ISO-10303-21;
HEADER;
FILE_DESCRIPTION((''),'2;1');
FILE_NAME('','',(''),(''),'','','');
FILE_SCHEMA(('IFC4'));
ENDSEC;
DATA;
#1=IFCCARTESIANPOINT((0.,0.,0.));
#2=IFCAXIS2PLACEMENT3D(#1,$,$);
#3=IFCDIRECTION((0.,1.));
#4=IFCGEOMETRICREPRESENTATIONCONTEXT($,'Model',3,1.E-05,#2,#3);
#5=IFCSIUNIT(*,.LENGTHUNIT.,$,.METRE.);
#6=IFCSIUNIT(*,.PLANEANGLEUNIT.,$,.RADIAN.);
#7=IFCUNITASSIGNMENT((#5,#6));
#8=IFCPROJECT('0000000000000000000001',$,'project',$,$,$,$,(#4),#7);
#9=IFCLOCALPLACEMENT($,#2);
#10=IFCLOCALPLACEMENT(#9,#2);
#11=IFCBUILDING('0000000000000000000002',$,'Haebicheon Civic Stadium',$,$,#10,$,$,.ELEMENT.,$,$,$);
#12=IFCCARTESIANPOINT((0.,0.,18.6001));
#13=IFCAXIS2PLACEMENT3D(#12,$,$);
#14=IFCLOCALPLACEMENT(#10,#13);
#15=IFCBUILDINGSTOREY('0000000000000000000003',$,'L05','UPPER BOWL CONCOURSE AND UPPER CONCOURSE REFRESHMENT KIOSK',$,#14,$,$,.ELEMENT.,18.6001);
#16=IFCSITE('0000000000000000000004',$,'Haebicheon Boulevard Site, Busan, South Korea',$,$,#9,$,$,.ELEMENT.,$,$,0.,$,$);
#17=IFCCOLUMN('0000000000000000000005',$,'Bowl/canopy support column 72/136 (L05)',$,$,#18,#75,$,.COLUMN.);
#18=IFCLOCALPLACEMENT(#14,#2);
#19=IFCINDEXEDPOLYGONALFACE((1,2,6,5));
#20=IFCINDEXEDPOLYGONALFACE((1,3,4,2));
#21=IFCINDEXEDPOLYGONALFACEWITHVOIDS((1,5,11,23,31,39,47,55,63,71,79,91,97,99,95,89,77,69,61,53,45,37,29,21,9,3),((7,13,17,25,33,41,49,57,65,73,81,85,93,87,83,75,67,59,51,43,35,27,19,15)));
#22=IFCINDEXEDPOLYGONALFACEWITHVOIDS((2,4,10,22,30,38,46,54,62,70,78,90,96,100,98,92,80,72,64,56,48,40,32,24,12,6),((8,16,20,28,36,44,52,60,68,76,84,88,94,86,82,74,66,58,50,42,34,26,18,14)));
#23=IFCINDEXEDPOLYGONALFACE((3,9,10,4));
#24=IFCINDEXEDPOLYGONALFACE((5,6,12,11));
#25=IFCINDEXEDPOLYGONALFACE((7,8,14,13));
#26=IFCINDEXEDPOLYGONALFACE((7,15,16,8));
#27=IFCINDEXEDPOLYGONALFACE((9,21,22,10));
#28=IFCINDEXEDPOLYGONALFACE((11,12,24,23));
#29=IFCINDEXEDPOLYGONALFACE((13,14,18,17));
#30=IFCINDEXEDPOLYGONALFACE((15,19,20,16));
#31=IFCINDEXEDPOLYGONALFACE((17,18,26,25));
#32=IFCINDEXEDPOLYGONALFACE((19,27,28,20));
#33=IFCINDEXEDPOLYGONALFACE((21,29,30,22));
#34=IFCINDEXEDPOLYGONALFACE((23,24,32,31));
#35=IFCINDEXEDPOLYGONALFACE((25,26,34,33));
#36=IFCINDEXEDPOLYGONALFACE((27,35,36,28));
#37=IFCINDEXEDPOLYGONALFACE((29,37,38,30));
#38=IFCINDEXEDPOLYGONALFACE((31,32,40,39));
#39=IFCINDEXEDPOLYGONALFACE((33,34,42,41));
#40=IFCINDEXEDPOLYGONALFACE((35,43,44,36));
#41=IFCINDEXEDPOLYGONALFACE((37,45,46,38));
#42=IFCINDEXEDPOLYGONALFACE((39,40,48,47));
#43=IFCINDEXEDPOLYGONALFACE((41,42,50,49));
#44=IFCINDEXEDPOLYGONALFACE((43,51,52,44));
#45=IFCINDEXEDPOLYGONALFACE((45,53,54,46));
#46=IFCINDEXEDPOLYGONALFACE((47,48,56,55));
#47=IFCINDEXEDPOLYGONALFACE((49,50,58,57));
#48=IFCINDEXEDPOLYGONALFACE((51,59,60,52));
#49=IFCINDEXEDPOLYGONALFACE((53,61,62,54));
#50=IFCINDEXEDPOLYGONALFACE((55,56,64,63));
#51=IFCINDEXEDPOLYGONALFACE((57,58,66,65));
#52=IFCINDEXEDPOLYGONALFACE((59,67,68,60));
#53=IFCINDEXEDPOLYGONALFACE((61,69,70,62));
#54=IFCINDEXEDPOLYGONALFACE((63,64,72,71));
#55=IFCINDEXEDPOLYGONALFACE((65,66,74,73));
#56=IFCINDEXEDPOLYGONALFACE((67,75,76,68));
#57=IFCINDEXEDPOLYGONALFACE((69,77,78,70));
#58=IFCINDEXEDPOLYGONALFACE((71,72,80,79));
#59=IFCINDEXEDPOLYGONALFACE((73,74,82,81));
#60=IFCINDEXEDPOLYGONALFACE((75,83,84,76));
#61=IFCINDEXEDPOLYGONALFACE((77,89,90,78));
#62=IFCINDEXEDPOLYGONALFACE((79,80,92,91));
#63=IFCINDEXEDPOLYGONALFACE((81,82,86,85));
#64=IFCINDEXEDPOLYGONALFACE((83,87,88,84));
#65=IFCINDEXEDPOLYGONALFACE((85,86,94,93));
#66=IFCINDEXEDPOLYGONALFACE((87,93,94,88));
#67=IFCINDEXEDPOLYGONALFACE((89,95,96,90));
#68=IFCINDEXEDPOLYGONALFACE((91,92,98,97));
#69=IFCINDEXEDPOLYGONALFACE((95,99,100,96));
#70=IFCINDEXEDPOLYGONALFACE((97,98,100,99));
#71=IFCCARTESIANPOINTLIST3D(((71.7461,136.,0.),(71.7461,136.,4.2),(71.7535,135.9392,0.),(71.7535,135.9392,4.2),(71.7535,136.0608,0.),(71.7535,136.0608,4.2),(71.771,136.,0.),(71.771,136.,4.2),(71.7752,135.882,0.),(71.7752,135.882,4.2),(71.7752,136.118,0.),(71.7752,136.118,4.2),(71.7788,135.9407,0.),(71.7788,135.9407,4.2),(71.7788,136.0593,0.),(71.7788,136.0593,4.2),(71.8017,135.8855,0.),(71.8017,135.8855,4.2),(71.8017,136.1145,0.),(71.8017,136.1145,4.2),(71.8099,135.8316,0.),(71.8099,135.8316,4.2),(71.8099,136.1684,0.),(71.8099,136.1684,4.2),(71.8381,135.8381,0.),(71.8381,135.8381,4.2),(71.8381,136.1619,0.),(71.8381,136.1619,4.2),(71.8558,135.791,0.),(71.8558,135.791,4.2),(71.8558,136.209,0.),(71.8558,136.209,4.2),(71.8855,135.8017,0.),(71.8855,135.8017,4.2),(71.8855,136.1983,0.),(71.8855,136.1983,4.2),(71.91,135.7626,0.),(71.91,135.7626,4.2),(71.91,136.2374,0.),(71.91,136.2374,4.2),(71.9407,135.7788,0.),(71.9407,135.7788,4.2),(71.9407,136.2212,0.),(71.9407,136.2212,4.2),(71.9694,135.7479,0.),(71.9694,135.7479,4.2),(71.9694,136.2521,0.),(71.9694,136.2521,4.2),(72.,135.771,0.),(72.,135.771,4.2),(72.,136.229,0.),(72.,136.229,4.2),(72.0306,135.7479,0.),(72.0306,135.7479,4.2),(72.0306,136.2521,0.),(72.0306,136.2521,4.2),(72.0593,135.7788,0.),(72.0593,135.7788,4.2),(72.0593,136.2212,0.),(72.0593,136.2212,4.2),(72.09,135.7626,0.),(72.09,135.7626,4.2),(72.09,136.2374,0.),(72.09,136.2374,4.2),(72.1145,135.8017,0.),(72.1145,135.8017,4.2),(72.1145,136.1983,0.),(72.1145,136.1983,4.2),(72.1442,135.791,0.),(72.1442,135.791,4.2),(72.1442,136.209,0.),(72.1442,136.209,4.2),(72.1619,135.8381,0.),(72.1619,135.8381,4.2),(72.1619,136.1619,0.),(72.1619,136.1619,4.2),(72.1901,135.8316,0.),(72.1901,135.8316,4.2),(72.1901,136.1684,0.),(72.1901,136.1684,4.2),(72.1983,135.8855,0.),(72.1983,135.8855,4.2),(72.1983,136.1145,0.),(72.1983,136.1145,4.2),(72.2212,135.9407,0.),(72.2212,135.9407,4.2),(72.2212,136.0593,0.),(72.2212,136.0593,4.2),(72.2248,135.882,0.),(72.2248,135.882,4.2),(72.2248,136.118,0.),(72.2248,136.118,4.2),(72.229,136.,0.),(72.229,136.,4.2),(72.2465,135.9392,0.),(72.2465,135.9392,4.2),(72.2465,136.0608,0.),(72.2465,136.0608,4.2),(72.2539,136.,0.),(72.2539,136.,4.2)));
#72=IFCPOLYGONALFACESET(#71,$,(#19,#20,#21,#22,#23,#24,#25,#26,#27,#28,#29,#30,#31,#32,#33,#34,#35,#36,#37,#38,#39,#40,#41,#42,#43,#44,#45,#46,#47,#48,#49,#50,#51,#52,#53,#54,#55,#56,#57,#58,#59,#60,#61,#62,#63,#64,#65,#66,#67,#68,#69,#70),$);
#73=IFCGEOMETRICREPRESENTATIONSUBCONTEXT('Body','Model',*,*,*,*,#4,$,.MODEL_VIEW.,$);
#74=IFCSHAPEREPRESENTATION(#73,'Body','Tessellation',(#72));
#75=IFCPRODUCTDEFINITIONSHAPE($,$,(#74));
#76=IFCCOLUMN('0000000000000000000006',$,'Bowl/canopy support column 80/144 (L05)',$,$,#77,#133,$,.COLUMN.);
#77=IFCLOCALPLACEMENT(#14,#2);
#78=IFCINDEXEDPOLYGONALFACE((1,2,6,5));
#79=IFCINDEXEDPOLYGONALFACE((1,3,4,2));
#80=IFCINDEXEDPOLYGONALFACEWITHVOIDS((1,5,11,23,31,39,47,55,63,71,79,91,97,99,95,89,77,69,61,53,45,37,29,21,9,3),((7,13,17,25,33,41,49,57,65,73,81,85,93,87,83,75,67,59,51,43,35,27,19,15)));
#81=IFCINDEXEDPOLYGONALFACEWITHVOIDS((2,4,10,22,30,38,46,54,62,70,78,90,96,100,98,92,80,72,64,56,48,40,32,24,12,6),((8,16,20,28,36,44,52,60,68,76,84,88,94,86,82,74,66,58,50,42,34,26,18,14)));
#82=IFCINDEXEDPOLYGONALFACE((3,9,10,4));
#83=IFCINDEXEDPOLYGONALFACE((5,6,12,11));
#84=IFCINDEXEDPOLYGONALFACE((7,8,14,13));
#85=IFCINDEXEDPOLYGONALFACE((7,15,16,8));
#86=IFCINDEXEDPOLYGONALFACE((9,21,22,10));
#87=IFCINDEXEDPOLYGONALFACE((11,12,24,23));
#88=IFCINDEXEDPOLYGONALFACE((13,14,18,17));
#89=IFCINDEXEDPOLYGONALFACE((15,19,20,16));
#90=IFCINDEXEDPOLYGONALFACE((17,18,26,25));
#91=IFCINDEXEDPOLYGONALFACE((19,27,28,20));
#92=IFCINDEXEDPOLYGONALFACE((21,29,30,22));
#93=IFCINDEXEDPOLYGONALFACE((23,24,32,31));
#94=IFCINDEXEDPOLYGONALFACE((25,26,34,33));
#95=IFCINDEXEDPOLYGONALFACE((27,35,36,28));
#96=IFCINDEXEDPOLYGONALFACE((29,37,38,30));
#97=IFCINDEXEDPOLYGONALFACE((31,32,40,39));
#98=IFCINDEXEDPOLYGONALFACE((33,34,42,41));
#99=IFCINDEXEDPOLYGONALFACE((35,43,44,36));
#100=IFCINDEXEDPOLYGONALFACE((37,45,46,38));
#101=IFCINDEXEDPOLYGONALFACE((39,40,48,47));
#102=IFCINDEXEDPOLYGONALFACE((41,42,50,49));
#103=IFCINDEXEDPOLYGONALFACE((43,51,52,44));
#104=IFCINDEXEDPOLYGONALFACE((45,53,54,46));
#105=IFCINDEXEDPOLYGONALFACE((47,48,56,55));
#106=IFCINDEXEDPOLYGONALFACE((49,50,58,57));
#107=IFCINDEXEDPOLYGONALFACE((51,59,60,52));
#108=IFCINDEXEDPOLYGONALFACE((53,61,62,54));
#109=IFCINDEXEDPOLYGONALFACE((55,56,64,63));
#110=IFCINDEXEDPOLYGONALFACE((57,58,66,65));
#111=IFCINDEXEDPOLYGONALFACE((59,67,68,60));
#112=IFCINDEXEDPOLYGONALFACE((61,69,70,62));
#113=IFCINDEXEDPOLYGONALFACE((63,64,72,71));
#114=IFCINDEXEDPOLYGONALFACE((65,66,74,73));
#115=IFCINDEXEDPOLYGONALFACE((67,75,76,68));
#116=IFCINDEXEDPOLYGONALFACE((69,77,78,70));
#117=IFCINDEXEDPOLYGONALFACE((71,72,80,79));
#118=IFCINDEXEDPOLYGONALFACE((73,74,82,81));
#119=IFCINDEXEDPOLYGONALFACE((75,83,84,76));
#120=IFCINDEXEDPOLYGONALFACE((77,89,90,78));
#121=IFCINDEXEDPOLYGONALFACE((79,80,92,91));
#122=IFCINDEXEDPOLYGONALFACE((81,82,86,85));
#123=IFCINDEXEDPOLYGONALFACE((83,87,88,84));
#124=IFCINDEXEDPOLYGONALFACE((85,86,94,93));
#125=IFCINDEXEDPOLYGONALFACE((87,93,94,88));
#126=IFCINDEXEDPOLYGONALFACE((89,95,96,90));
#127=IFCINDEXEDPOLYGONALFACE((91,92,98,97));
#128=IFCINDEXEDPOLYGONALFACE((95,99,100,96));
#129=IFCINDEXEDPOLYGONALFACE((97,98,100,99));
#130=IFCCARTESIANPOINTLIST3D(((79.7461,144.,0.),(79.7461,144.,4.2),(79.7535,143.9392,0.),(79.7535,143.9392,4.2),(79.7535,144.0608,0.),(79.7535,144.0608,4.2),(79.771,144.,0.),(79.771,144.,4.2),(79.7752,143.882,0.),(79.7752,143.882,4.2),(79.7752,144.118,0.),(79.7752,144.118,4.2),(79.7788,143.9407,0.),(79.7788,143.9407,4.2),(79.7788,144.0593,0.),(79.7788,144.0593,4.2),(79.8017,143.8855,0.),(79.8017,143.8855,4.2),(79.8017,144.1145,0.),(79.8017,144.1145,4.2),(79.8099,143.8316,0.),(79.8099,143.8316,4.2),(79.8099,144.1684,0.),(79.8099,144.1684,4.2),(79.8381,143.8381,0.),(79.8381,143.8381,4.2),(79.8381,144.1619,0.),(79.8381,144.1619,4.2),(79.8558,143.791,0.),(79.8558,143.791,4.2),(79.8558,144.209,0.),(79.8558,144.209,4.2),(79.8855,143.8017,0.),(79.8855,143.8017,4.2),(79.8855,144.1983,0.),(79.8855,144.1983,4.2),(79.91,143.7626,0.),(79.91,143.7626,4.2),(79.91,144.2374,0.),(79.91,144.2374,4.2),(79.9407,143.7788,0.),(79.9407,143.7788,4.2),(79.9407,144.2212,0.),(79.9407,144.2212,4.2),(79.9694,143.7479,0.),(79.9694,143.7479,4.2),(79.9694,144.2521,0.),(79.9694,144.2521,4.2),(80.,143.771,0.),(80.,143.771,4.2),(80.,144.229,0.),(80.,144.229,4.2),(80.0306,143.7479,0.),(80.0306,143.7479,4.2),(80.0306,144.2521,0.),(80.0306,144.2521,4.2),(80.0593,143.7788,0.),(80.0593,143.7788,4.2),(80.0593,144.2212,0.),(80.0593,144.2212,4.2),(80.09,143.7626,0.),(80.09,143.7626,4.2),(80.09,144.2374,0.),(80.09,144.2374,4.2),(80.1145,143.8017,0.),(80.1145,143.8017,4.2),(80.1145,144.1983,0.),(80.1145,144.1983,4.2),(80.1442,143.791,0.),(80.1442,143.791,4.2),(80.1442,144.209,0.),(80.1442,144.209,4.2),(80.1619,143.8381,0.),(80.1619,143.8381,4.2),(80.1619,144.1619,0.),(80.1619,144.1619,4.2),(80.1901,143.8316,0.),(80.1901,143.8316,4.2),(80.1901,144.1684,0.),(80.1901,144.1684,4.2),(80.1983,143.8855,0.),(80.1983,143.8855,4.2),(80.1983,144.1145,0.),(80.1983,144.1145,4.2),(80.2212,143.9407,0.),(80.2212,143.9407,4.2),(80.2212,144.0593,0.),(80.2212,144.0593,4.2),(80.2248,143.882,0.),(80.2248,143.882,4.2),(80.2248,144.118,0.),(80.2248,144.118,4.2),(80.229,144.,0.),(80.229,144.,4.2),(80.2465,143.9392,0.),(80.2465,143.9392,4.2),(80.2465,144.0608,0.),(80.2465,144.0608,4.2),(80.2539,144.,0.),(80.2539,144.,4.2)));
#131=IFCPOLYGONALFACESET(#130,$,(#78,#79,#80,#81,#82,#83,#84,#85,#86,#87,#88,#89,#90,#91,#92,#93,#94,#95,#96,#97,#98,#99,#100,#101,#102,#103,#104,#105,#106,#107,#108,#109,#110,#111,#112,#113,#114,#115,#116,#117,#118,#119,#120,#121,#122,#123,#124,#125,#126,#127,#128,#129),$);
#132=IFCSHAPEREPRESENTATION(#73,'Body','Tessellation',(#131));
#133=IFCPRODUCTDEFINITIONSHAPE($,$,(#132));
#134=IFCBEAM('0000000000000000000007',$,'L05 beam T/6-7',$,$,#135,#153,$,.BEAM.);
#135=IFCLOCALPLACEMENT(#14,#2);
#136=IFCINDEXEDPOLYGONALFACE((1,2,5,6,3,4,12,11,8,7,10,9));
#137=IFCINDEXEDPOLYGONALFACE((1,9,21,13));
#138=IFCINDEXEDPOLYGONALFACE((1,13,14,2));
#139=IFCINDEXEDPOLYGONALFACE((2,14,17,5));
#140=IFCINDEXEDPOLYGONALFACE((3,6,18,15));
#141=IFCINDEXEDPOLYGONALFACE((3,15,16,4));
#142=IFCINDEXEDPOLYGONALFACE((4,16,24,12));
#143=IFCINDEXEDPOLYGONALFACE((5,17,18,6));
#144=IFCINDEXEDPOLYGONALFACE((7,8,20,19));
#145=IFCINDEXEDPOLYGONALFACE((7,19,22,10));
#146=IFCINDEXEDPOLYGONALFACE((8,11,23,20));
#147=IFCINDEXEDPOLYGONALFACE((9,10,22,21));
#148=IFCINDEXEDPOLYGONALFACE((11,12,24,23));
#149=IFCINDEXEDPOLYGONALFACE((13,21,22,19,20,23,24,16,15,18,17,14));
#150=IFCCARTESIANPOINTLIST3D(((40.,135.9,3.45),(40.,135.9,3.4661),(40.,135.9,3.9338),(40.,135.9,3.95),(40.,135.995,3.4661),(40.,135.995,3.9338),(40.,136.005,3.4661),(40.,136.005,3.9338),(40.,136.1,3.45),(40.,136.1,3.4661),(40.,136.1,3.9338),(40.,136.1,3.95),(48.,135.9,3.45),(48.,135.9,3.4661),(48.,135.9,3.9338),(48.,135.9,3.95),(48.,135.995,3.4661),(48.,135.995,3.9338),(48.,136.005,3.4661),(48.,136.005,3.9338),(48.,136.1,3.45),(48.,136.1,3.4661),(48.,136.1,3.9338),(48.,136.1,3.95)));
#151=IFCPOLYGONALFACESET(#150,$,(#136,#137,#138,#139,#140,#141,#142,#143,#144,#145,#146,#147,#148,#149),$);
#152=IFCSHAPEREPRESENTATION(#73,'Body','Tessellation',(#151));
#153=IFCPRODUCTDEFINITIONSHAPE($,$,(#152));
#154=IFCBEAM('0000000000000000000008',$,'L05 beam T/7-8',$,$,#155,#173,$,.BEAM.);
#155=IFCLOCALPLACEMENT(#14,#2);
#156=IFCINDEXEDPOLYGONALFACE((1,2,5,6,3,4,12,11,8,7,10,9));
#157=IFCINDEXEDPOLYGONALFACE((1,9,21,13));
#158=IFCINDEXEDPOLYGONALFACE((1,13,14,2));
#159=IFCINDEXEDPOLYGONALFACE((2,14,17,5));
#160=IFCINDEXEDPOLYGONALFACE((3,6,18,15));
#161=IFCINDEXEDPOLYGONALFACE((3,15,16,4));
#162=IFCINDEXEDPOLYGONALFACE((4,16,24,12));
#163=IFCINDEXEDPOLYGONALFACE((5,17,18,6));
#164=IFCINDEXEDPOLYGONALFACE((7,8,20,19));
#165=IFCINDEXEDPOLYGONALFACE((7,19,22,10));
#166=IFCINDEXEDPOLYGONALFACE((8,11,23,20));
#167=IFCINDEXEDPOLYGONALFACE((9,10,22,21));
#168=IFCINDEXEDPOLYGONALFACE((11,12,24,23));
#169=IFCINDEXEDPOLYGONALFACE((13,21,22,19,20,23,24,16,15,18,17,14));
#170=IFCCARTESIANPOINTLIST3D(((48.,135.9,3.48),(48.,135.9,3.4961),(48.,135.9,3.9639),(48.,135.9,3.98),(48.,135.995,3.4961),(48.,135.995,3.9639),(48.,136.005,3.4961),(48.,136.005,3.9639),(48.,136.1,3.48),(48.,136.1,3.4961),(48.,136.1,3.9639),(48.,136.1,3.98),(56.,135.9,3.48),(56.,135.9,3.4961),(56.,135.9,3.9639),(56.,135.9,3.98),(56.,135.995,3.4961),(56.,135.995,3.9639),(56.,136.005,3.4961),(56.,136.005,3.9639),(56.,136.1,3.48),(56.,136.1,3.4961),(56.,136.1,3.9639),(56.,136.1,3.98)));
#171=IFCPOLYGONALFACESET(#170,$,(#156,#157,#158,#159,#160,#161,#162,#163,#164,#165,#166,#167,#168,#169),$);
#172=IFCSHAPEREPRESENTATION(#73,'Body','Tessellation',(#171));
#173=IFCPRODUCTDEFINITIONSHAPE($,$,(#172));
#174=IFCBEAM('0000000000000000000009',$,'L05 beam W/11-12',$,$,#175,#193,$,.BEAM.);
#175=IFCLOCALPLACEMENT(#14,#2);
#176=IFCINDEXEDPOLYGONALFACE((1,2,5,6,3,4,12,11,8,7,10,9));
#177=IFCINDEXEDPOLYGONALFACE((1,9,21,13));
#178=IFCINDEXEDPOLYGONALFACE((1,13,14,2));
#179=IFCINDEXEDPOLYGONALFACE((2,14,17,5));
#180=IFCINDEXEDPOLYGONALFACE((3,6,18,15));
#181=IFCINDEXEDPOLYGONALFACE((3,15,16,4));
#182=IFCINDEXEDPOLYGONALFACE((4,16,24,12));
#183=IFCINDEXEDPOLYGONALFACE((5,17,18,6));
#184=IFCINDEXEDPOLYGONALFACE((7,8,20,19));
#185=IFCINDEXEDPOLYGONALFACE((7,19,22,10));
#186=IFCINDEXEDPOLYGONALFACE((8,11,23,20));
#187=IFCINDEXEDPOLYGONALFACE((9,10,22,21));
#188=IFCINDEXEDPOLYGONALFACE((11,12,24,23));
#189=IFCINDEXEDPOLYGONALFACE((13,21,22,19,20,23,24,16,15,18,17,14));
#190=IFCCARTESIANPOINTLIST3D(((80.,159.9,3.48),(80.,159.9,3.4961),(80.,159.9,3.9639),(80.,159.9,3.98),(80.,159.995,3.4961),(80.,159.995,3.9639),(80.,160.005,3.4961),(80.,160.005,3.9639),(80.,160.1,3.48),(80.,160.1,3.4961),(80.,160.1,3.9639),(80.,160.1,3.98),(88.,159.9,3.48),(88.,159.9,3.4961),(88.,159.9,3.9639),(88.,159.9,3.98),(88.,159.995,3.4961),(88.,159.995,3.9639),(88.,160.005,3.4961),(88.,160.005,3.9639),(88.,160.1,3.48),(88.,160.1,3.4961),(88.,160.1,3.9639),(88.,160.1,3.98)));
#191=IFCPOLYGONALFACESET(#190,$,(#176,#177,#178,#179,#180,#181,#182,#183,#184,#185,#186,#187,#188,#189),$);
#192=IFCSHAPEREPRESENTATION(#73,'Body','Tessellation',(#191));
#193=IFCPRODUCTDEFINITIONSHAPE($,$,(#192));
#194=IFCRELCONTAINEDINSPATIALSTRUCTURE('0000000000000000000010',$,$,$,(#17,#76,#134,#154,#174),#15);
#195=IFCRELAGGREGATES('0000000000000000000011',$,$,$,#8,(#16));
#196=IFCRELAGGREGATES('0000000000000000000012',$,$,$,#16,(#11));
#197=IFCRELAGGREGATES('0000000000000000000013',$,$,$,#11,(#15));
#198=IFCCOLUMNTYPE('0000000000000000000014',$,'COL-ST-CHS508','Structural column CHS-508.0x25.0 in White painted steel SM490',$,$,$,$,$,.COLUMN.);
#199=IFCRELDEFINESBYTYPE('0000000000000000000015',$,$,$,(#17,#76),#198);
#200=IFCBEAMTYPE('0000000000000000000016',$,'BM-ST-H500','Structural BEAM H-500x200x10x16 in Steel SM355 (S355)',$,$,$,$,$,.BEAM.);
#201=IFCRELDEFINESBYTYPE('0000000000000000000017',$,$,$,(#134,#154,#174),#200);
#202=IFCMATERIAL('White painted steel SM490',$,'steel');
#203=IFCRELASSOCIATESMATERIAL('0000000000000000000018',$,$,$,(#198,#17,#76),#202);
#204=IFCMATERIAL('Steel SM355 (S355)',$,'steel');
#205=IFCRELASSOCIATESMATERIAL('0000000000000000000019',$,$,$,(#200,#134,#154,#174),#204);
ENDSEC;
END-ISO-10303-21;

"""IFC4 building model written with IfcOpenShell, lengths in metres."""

from ifc_helpers import new_model, si_unit, direction, frame, origin, origin_2d, place, context, subcontext, project, spatial, hollow_circle, i_section, extrude, material, material_profile, profile_set, type_object, element, save


model = new_model("IFC4")

# Units and contexts
model_context = context("Model", 3, precision=1e-05, world=origin(), true_north=direction((0.0, 1.0)))
body_context = subcontext(model_context, "Body", "Model", "MODEL_VIEW")
ifc_project = project(units=[si_unit("LENGTHUNIT", "METRE"), si_unit("PLANEANGLEUNIT", "RADIAN")], contexts=[model_context])

# Site, building, storey
site_placement = place(None, origin())
site = spatial("IfcSite", under=ifc_project, at=site_placement, Name="Haebicheon Boulevard Site, Busan, South Korea", CompositionType="ELEMENT", RefElevation=0.0)
building_placement = place(site_placement, origin())
building = spatial("IfcBuilding", under=site, at=building_placement, Name="Haebicheon Civic Stadium", CompositionType="ELEMENT")
storey_placement = place(building_placement, frame((0.0, 0.0, 18.6001)))
storey = spatial("IfcBuildingStorey", under=building, at=storey_placement, Name="L05", Description="UPPER BOWL CONCOURSE AND UPPER CONCOURSE REFRESHMENT KIOSK", CompositionType="ELEMENT", Elevation=18.6001)

# Columns
ifc_material_1 = material(Name="White painted steel SM490", Category="steel")
ifc_material_profile_1 = material_profile(ifc_material_1, hollow_circle(Radius=0.2539, WallThickness=0.0249, at=origin_2d()), Name="CHS-508.0x25.0")
ifc_profile_set_1 = profile_set([ifc_material_profile_1], Name="White painted steel SM490")
column_type_1 = type_object("IfcColumnType", Name="COL-ST-CHS508", Description="Structural column CHS-508.0x25.0 in White painted steel SM490", PredefinedType="COLUMN", material=ifc_profile_set_1)
for number, where, z_axis, x_axis, name in (
    (1, (72.0, 136.0, 0.0), (0.0, 0.0, 1.0), (1.0, 0.0, 0.0), "Bowl/canopy support column 72/136 (L05)"),
    (2, (80.0, 144.0, 0.0), (0.0, 0.0, 1.0), (1.0, 0.0, 0.0), "Bowl/canopy support column 80/144 (L05)"),
):
    element("IfcColumn", number, at=place(storey_placement, frame(where, z_axis=z_axis, x_axis=x_axis)), inside=storey, type_object=column_type_1, material=ifc_profile_set_1, Name=name, PredefinedType="COLUMN", context=body_context, shape_type="SweptSolid", body=[
        extrude(hollow_circle(Radius=0.2539, WallThickness=0.0249, at=origin_2d()), origin(), (0.0, 0.0, 1.0), 4.2),
    ])

# Beams
ifc_material_2 = material(Name="Steel SM355 (S355)", Category="steel")
ifc_material_profile_2 = material_profile(ifc_material_2, i_section(OverallWidth=0.2, OverallDepth=0.5, WebThickness=0.01, FlangeThickness=0.0161, at=origin_2d()), Name="H-500x200x10x16")
ifc_profile_set_2 = profile_set([ifc_material_profile_2], Name="Steel SM355 (S355)")
beam_type_1 = type_object("IfcBeamType", Name="BM-ST-H500", Description="Structural BEAM H-500x200x10x16 in Steel SM355 (S355)", PredefinedType="BEAM", material=ifc_profile_set_2)
for number, where, z_axis, x_axis, name in (
    (3, (40.0, 136.0, 3.7), (1.0, 0.0, 0.0), (0.0, 1.0, 0.0), "L05 beam T/6-7"),
    (4, (48.0, 136.0, 3.73), (1.0, 0.0, 0.0), (0.0, 1.0, 0.0), "L05 beam T/7-8"),
    (5, (80.0, 160.0, 3.73), (1.0, 0.0, 0.0), (0.0, 1.0, 0.0), "L05 beam W/11-12"),
):
    element("IfcBeam", number, at=place(storey_placement, frame(where, z_axis=z_axis, x_axis=x_axis)), inside=storey, type_object=beam_type_1, material=ifc_profile_set_2, Name=name, PredefinedType="BEAM", context=body_context, shape_type="SweptSolid", body=[
        extrude(i_section(OverallWidth=0.2, OverallDepth=0.5, WebThickness=0.01, FlangeThickness=0.0161, at=origin_2d()), origin(), (0.0, 0.0, 1.0), 8.0),
    ])

save(model, "model.ifc")
